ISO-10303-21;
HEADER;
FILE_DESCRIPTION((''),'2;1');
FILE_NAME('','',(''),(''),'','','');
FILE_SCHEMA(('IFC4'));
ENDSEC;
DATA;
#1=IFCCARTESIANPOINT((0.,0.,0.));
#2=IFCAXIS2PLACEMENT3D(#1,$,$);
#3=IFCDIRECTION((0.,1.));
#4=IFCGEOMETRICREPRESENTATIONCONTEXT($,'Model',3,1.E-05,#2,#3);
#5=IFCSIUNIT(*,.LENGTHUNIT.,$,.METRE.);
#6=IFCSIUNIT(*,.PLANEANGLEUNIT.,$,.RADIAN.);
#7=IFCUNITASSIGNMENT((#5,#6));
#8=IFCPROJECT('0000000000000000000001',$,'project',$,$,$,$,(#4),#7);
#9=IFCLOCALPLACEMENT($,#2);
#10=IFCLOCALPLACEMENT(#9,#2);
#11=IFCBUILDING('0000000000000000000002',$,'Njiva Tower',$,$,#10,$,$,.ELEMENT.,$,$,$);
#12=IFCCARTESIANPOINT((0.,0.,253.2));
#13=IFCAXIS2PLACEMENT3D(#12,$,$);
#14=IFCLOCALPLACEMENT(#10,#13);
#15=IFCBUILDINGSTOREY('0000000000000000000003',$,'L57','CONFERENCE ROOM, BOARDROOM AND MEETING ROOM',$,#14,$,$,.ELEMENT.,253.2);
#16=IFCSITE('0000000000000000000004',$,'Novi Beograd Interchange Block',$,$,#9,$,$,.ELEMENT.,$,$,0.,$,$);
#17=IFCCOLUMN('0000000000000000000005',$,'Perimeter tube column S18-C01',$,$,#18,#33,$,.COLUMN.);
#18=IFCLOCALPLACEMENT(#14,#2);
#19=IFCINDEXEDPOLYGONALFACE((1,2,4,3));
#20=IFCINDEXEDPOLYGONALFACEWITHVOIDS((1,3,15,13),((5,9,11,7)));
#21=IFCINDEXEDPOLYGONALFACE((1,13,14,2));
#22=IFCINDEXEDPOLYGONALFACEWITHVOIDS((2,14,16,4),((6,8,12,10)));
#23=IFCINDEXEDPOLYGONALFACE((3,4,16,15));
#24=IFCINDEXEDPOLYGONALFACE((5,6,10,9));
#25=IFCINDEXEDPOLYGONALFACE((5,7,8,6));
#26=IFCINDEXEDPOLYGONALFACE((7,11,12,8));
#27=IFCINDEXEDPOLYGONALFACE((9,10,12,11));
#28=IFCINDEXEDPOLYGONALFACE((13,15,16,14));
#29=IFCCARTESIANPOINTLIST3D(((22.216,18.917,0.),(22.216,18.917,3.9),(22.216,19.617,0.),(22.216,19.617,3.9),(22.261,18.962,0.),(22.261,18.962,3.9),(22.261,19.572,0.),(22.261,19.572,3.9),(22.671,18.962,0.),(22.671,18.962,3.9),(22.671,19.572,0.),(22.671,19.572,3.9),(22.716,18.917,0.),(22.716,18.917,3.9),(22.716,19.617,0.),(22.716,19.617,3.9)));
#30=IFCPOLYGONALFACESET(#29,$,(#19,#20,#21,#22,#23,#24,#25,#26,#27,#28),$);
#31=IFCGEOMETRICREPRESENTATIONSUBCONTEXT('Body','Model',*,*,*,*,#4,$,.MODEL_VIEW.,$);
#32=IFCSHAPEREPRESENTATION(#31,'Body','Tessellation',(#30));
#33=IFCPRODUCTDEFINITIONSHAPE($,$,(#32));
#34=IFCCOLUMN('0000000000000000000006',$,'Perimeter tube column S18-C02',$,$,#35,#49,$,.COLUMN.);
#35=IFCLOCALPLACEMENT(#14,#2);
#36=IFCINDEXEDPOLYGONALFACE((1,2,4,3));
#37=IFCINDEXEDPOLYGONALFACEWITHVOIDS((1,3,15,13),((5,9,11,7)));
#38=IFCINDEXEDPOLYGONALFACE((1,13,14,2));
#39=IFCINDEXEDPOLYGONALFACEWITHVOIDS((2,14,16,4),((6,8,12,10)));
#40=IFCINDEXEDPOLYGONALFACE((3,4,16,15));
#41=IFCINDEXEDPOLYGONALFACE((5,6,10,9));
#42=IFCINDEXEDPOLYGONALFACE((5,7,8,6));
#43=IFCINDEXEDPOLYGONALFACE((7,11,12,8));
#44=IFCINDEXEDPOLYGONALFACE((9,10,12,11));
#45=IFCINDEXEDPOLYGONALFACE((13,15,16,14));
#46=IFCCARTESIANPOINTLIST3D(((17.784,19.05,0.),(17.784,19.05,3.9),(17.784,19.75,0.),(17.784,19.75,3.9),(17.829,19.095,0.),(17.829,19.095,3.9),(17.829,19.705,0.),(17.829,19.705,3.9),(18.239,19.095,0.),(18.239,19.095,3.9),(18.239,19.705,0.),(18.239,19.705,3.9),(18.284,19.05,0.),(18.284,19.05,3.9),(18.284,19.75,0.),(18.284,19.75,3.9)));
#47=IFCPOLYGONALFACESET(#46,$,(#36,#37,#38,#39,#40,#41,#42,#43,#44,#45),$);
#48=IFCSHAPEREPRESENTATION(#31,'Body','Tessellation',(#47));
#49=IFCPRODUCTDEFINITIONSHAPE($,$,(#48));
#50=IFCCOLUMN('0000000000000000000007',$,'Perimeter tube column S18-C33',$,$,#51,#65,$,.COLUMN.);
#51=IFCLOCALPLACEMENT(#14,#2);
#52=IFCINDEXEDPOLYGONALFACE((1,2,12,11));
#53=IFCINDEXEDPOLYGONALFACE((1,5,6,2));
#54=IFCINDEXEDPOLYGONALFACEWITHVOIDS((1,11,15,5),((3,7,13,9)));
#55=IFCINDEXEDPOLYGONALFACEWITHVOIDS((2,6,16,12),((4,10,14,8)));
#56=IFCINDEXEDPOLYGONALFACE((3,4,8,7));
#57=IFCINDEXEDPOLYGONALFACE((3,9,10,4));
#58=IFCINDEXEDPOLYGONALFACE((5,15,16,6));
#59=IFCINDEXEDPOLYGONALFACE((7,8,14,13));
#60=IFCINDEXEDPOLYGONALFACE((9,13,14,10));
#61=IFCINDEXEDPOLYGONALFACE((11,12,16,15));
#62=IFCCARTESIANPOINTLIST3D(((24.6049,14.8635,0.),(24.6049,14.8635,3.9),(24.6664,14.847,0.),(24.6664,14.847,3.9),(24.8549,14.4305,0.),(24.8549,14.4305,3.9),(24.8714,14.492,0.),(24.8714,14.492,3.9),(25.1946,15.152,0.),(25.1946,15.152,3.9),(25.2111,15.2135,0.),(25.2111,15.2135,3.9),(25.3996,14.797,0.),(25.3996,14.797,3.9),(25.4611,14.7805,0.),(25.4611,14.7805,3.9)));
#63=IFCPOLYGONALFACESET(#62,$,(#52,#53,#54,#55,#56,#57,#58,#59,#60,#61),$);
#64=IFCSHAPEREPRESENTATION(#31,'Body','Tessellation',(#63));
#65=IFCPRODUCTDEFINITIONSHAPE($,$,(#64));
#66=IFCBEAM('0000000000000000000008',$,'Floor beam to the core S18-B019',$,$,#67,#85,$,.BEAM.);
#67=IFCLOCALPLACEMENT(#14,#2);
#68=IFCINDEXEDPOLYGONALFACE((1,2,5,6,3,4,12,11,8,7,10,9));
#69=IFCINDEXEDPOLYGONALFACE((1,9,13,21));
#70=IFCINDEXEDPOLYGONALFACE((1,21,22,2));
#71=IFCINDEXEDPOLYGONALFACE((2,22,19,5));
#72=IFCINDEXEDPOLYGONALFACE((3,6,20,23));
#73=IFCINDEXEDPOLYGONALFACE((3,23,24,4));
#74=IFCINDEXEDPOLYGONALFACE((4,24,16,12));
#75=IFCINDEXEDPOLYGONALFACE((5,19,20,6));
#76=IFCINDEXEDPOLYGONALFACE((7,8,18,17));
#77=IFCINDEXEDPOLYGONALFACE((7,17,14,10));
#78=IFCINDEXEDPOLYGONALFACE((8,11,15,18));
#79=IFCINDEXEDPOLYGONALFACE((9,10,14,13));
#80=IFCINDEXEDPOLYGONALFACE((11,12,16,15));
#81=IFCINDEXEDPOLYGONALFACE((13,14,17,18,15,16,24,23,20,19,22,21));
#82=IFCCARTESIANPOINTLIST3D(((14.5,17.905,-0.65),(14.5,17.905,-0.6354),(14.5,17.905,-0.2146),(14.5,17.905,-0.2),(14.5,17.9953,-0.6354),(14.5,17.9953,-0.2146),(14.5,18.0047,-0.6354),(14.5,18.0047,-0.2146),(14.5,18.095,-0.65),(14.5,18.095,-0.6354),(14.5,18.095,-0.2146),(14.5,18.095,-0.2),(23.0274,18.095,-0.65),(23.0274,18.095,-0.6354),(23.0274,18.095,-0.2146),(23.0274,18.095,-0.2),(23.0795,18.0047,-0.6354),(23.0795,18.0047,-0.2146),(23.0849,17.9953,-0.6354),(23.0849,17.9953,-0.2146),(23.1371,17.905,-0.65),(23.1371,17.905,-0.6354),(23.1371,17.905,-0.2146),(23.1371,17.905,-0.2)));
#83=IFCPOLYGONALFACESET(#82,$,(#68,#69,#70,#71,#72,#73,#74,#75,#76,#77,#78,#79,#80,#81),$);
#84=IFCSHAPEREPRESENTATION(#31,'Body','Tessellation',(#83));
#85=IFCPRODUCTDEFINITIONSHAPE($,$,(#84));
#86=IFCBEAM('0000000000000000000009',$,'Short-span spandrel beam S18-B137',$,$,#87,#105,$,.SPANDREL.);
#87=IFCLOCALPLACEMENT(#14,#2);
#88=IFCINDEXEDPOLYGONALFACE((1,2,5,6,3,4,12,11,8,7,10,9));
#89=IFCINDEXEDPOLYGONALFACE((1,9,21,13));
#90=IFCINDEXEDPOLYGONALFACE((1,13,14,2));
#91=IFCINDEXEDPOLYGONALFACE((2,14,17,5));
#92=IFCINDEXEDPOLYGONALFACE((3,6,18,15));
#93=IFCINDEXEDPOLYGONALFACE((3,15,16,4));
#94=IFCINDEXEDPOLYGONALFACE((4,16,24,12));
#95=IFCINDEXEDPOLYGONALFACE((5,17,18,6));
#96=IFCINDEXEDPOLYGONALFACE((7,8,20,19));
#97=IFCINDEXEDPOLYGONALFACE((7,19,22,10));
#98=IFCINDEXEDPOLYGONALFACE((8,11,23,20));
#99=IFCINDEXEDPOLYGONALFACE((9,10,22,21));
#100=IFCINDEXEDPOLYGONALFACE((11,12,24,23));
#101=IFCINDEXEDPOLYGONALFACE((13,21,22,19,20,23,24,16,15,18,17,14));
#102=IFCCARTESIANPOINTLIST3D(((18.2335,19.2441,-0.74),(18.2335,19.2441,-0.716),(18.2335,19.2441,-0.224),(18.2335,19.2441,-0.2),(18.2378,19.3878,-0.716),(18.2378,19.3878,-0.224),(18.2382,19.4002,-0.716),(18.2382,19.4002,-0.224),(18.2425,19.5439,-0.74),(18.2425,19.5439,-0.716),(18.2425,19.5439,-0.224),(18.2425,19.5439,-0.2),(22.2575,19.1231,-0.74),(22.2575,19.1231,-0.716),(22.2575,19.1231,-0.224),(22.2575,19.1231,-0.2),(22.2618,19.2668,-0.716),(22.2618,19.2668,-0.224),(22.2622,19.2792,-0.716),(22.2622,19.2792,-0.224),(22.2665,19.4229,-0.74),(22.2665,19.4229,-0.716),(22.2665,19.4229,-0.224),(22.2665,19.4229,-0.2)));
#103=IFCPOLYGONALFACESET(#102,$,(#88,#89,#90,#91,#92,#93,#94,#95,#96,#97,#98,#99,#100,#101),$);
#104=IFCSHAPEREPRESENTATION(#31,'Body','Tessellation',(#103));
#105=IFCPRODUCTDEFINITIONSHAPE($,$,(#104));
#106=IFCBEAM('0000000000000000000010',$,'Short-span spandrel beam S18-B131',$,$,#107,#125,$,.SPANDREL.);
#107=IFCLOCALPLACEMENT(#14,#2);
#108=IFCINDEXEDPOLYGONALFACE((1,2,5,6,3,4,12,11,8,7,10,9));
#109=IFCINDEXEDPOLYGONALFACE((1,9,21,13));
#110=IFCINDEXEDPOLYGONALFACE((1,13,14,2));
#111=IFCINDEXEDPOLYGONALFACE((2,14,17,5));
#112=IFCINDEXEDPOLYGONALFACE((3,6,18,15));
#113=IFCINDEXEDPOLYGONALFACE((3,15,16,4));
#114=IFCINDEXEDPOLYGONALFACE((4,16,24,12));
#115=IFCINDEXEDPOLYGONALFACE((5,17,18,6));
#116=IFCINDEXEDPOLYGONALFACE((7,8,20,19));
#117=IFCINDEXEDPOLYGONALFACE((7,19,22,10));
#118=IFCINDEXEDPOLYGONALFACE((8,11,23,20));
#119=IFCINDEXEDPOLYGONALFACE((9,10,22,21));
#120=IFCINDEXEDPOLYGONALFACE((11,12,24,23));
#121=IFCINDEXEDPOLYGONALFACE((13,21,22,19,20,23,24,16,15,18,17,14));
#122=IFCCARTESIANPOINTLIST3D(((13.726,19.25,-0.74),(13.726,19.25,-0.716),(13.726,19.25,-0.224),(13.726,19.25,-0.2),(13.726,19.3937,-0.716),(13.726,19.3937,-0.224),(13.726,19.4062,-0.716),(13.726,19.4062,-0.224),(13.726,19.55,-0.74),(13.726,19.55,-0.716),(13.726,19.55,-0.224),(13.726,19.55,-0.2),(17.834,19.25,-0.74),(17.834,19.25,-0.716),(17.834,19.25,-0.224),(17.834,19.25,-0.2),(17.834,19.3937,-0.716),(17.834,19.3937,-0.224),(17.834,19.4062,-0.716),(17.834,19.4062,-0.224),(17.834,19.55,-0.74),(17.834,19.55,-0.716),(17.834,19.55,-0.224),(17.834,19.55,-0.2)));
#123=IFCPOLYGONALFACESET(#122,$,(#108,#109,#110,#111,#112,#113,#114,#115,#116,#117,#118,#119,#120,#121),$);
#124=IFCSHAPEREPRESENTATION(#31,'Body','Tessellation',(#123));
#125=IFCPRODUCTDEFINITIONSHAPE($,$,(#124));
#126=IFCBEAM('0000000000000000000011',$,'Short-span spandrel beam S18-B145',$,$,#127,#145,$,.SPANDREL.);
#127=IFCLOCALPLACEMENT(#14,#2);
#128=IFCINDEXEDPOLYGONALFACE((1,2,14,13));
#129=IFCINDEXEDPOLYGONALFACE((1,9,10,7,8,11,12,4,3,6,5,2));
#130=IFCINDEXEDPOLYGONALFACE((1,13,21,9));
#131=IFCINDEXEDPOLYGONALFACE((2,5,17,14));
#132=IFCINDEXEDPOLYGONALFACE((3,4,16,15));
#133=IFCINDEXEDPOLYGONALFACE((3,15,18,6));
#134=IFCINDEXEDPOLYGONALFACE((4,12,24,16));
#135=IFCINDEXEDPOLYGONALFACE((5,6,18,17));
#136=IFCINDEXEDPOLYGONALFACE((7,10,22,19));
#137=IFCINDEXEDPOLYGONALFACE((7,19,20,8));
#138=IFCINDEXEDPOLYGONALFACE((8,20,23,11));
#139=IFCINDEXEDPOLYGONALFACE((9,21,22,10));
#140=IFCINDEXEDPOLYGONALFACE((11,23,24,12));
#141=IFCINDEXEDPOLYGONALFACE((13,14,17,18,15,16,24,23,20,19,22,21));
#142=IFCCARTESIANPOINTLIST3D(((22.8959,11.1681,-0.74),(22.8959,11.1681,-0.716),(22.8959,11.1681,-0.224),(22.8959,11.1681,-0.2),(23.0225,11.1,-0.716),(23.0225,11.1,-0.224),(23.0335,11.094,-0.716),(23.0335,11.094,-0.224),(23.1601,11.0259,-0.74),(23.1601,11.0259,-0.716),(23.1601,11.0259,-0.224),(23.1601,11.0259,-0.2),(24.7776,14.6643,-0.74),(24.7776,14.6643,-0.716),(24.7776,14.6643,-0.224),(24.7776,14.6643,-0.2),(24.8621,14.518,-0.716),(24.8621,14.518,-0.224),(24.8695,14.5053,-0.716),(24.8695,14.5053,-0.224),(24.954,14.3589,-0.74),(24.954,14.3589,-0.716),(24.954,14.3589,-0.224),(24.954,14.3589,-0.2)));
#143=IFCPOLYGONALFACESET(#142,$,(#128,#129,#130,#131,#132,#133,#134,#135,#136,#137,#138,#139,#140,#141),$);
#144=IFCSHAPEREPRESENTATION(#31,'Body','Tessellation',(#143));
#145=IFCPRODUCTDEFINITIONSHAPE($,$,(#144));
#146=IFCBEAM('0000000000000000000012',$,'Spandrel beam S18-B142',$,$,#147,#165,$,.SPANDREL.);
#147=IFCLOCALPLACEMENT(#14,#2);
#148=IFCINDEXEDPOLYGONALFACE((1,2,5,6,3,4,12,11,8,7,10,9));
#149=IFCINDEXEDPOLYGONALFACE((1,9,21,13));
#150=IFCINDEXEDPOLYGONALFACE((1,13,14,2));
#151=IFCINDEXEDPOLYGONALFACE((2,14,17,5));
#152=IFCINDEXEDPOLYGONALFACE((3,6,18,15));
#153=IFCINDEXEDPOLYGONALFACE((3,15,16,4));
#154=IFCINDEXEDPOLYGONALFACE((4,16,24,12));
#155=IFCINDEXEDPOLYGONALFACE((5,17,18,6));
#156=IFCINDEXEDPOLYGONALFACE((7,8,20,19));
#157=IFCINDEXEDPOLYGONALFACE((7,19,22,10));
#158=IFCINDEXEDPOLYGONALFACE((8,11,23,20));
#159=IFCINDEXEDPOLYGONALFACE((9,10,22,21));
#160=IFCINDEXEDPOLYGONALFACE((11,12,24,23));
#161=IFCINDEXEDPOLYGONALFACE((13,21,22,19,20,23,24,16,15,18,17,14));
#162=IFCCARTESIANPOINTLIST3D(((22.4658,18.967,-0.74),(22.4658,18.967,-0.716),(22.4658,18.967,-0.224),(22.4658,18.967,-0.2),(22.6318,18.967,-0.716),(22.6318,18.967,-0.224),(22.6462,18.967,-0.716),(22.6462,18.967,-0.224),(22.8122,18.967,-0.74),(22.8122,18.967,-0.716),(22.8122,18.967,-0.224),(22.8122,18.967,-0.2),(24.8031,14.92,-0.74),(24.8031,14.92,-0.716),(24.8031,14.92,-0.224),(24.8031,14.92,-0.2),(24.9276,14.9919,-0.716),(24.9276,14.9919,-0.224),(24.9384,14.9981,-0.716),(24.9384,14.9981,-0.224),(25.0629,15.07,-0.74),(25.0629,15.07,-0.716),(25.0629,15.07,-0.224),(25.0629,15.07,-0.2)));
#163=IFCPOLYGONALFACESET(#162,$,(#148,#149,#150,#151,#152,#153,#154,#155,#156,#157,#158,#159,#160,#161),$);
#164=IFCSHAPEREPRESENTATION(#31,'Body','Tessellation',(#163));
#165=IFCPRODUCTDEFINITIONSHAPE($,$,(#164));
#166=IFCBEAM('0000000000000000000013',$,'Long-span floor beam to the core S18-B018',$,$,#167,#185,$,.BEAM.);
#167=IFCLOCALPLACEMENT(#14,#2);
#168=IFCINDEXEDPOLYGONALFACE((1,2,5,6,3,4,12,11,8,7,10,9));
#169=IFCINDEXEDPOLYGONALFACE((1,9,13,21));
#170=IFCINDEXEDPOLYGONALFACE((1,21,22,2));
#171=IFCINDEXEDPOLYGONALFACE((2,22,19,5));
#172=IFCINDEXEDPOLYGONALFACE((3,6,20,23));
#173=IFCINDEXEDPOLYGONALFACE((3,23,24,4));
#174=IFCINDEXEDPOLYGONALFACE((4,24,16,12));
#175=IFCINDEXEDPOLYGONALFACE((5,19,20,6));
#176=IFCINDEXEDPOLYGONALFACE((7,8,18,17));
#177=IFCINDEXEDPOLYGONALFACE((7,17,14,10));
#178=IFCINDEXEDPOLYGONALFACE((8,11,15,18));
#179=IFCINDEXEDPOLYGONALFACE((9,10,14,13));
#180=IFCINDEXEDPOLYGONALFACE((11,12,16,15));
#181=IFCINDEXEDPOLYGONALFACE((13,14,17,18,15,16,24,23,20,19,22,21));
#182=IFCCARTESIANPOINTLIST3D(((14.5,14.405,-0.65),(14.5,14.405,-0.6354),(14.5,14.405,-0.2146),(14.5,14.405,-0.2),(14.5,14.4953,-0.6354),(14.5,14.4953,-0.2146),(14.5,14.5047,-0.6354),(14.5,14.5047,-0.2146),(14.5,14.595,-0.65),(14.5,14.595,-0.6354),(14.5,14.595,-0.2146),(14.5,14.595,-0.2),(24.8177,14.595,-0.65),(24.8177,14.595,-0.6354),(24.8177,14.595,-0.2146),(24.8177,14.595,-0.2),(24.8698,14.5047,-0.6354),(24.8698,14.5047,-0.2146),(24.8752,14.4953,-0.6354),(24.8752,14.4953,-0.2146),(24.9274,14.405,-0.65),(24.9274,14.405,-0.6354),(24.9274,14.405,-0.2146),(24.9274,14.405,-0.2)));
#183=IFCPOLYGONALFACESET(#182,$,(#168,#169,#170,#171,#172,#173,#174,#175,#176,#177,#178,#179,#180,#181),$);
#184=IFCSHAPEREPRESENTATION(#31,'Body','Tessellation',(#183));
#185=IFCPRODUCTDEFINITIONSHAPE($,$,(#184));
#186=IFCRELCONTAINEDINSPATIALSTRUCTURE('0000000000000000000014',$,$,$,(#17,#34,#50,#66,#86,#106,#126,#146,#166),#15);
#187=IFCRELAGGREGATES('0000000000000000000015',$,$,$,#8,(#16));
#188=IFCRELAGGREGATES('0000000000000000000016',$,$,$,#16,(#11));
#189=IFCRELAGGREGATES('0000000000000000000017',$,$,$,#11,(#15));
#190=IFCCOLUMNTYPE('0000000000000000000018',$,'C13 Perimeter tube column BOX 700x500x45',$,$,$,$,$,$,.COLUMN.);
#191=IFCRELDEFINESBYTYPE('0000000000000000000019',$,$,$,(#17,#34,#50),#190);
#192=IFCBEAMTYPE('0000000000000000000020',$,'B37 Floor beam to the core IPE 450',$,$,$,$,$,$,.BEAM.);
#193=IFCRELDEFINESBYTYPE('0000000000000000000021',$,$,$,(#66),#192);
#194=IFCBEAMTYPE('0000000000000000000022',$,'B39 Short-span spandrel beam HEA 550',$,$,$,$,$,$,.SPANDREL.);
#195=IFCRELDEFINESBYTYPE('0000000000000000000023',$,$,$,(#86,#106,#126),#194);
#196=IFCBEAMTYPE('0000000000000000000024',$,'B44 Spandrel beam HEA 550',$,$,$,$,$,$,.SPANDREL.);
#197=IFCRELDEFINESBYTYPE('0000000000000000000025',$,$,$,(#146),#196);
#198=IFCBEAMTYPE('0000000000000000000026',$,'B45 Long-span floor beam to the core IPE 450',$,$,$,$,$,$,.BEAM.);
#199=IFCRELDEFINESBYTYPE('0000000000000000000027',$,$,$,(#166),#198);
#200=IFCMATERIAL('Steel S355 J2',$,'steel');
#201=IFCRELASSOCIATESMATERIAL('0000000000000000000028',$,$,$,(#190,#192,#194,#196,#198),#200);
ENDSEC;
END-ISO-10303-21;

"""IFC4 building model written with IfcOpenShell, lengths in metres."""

from ifc_helpers import new_model, si_unit, direction, frame, origin, origin_2d, place, context, subcontext, project, spatial, hollow_rectangle, i_section, extrude, clip, halfspace, material, material_profile, profile_set, type_object, element, save


model = new_model("IFC4")

# Units and contexts
model_context = context("Model", 3, precision=1e-05, world=origin(), true_north=direction((0.0, 1.0)))
body_context = subcontext(model_context, "Body", "Model", "MODEL_VIEW")
ifc_project = project(units=[si_unit("LENGTHUNIT", "METRE"), si_unit("PLANEANGLEUNIT", "RADIAN")], contexts=[model_context])

# Site, building, storey
site_placement = place(None, origin())
site = spatial("IfcSite", under=ifc_project, at=site_placement, Name="Novi Beograd Interchange Block", CompositionType="ELEMENT", RefElevation=0.0)
building_placement = place(site_placement, origin())
building = spatial("IfcBuilding", under=site, at=building_placement, Name="Njiva Tower", CompositionType="ELEMENT")
storey_placement = place(building_placement, frame((0.0, 0.0, 253.2)))
storey = spatial("IfcBuildingStorey", under=building, at=storey_placement, Name="L57", Description="CONFERENCE ROOM, BOARDROOM AND MEETING ROOM", CompositionType="ELEMENT", Elevation=253.2)

# Columns
ifc_material_1 = material(Name="Steel S355 J2", Category="steel")
ifc_material_profile_1 = material_profile(ifc_material_1, hollow_rectangle(XDim=0.5, YDim=0.7, WallThickness=0.045, at=origin_2d()), Name="BOX 700x500x45")
ifc_profile_set_1 = profile_set([ifc_material_profile_1], Name="Steel S355 J2")
column_type = type_object("IfcColumnType", Name="C13 Perimeter tube column BOX 700x500x45", PredefinedType="COLUMN", material=ifc_profile_set_1)
for number, where, z_axis, x_axis, name in (
    (1, (22.466, 19.267, 0.0), (0.0, 0.0, 1.0), (-1.0, 0.0, 0.0), "Perimeter tube column S18-C01"),
    (2, (18.034, 19.4, 0.0), (0.0, 0.0, 1.0), (-1.0, 0.0, 0.0), "Perimeter tube column S18-C02"),
    (3, (25.033, 14.822, 0.0), (0.0, 0.0, 1.0), (-0.5, 0.866025, 0.0), "Perimeter tube column S18-C33"),
):
    element("IfcColumn", number, at=place(storey_placement, frame(where, z_axis=z_axis, x_axis=x_axis)), inside=storey, type_object=column_type, Name=name, PredefinedType="COLUMN", context=body_context, shape_type="SweptSolid", body=[
        extrude(hollow_rectangle(XDim=0.5, YDim=0.7, WallThickness=0.045, at=origin_2d()), origin(), (0.0, 0.0, 1.0), 3.9),
    ])

# Beams
ifc_material_profile_2 = material_profile(ifc_material_1, i_section(OverallWidth=0.19, OverallDepth=0.45, WebThickness=0.0094, FlangeThickness=0.0146, at=origin_2d()), Name="IPE 450")
ifc_profile_set_2 = profile_set([ifc_material_profile_2], Name="Steel S355 J2")
beam_type_1 = type_object("IfcBeamType", Name="B37 Floor beam to the core IPE 450", PredefinedType="BEAM", material=ifc_profile_set_2)
beam_1_placement = place(storey_placement, frame((14.5, 18.0, -0.425), z_axis=(1.0, 0.0, 0.0), x_axis=(0.0, 1.0, 0.0)))
element("IfcBeam", 4, at=beam_1_placement, inside=storey, type_object=beam_type_1, Name="Floor beam to the core S18-B019", PredefinedType="BEAM", context=body_context, shape_type="Clipping", body=[
    clip(extrude(i_section(OverallWidth=0.19, OverallDepth=0.45, WebThickness=0.0094, FlangeThickness=0.0146, at=origin_2d()), origin(), (0.0, 0.0, 1.0), 8.657), halfspace(frame((0.025, 0.0, 8.5678), z_axis=(0.499998, 0.0, 0.866027), x_axis=(0.0, 1.0, 0.0)), False)),
])
ifc_material_profile_3 = material_profile(ifc_material_1, i_section(OverallWidth=0.3, OverallDepth=0.54, WebThickness=0.0125, FlangeThickness=0.024, at=origin_2d()), Name="HEA 550")
ifc_profile_set_3 = profile_set([ifc_material_profile_3], Name="Steel S355 J2")
beam_type_2 = type_object("IfcBeamType", Name="B39 Short-span spandrel beam HEA 550", PredefinedType="SPANDREL", material=ifc_profile_set_3)
beam_2_placement = place(storey_placement, frame((22.262, 19.273, -0.47), z_axis=(-0.999548, 0.030056, 0.0), x_axis=(-0.030056, -0.999548, 0.0)))
element("IfcBeam", 5, at=beam_2_placement, inside=storey, type_object=beam_type_2, Name="Short-span spandrel beam S18-B137", PredefinedType="SPANDREL", context=body_context, shape_type="SweptSolid", body=[
    extrude(i_section(OverallWidth=0.3, OverallDepth=0.54, WebThickness=0.0125, FlangeThickness=0.024, at=origin_2d()), origin(), (0.0, 0.0, 1.0), 4.0258),
])
beam_3_placement = place(storey_placement, frame((17.834, 19.4, -0.47), z_axis=(-1.0, 0.0, 0.0), x_axis=(0.0, -1.0, 0.0)))
element("IfcBeam", 6, at=beam_3_placement, inside=storey, type_object=beam_type_2, Name="Short-span spandrel beam S18-B131", PredefinedType="SPANDREL", context=body_context, shape_type="SweptSolid", body=[
    extrude(i_section(OverallWidth=0.3, OverallDepth=0.54, WebThickness=0.0125, FlangeThickness=0.024, at=origin_2d()), origin(), (0.0, 0.0, 1.0), 4.108),
])
beam_4_placement = place(storey_placement, frame((23.028, 11.097, -0.47), z_axis=(0.473931, 0.880562, 0.0), x_axis=(-0.880562, 0.473931, 0.0)))
element("IfcBeam", 7, at=beam_4_placement, inside=storey, type_object=beam_type_2, Name="Short-span spandrel beam S18-B145", PredefinedType="SPANDREL", context=body_context, shape_type="Clipping", body=[
    clip(extrude(i_section(OverallWidth=0.3, OverallDepth=0.54, WebThickness=0.0125, FlangeThickness=0.024, at=origin_2d()), origin(), (0.0, 0.0, 1.0), 3.9912), halfspace(frame((-0.026, 0.0, 3.8617), z_axis=(-0.525626, 0.0, 0.850716), x_axis=(0.0, 1.0, 0.0)), False)),
])
ifc_material_profile_4 = material_profile(ifc_material_1, i_section(OverallWidth=0.3, OverallDepth=0.54, WebThickness=0.0125, FlangeThickness=0.024, at=origin_2d()), Name="HEA 550")
ifc_profile_set_4 = profile_set([ifc_material_profile_4], Name="Steel S355 J2")
beam_type_3 = type_object("IfcBeamType", Name="B44 Spandrel beam HEA 550", PredefinedType="SPANDREL", material=ifc_profile_set_4)
beam_5_placement = place(storey_placement, frame((24.933, 14.995, -0.47), z_axis=(-0.500125, 0.865953, 0.0), x_axis=(-0.865953, -0.500125, 0.0)))
element("IfcBeam", 8, at=beam_5_placement, inside=storey, type_object=beam_type_3, Name="Spandrel beam S18-B142", PredefinedType="SPANDREL", context=body_context, shape_type="Clipping", body=[
    clip(extrude(i_section(OverallWidth=0.3, OverallDepth=0.54, WebThickness=0.0125, FlangeThickness=0.024, at=origin_2d()), origin(), (0.0, 0.0, 1.0), 4.6939), halfspace(frame((-0.0254, 0.0, 4.5722), z_axis=(-0.500125, 0.0, 0.865953), x_axis=(0.0, 1.0, 0.0)), False)),
])
ifc_material_profile_5 = material_profile(ifc_material_1, i_section(OverallWidth=0.19, OverallDepth=0.45, WebThickness=0.0094, FlangeThickness=0.0146, at=origin_2d()), Name="IPE 450")
ifc_profile_set_5 = profile_set([ifc_material_profile_5], Name="Steel S355 J2")
beam_type_4 = type_object("IfcBeamType", Name="B45 Long-span floor beam to the core IPE 450", PredefinedType="BEAM", material=ifc_profile_set_5)
beam_6_placement = place(storey_placement, frame((14.5, 14.5, -0.425), z_axis=(1.0, 0.0, 0.0), x_axis=(0.0, 1.0, 0.0)))
element("IfcBeam", 9, at=beam_6_placement, inside=storey, type_object=beam_type_4, Name="Long-span floor beam to the core S18-B018", PredefinedType="BEAM", context=body_context, shape_type="Clipping", body=[
    clip(extrude(i_section(OverallWidth=0.19, OverallDepth=0.45, WebThickness=0.0094, FlangeThickness=0.0146, at=origin_2d()), origin(), (0.0, 0.0, 1.0), 10.447), halfspace(frame((0.025, 0.0, 10.3581), z_axis=(0.499998, 0.0, 0.866027), x_axis=(0.0, 1.0, 0.0)), False)),
])

save(model, "model.ifc")
